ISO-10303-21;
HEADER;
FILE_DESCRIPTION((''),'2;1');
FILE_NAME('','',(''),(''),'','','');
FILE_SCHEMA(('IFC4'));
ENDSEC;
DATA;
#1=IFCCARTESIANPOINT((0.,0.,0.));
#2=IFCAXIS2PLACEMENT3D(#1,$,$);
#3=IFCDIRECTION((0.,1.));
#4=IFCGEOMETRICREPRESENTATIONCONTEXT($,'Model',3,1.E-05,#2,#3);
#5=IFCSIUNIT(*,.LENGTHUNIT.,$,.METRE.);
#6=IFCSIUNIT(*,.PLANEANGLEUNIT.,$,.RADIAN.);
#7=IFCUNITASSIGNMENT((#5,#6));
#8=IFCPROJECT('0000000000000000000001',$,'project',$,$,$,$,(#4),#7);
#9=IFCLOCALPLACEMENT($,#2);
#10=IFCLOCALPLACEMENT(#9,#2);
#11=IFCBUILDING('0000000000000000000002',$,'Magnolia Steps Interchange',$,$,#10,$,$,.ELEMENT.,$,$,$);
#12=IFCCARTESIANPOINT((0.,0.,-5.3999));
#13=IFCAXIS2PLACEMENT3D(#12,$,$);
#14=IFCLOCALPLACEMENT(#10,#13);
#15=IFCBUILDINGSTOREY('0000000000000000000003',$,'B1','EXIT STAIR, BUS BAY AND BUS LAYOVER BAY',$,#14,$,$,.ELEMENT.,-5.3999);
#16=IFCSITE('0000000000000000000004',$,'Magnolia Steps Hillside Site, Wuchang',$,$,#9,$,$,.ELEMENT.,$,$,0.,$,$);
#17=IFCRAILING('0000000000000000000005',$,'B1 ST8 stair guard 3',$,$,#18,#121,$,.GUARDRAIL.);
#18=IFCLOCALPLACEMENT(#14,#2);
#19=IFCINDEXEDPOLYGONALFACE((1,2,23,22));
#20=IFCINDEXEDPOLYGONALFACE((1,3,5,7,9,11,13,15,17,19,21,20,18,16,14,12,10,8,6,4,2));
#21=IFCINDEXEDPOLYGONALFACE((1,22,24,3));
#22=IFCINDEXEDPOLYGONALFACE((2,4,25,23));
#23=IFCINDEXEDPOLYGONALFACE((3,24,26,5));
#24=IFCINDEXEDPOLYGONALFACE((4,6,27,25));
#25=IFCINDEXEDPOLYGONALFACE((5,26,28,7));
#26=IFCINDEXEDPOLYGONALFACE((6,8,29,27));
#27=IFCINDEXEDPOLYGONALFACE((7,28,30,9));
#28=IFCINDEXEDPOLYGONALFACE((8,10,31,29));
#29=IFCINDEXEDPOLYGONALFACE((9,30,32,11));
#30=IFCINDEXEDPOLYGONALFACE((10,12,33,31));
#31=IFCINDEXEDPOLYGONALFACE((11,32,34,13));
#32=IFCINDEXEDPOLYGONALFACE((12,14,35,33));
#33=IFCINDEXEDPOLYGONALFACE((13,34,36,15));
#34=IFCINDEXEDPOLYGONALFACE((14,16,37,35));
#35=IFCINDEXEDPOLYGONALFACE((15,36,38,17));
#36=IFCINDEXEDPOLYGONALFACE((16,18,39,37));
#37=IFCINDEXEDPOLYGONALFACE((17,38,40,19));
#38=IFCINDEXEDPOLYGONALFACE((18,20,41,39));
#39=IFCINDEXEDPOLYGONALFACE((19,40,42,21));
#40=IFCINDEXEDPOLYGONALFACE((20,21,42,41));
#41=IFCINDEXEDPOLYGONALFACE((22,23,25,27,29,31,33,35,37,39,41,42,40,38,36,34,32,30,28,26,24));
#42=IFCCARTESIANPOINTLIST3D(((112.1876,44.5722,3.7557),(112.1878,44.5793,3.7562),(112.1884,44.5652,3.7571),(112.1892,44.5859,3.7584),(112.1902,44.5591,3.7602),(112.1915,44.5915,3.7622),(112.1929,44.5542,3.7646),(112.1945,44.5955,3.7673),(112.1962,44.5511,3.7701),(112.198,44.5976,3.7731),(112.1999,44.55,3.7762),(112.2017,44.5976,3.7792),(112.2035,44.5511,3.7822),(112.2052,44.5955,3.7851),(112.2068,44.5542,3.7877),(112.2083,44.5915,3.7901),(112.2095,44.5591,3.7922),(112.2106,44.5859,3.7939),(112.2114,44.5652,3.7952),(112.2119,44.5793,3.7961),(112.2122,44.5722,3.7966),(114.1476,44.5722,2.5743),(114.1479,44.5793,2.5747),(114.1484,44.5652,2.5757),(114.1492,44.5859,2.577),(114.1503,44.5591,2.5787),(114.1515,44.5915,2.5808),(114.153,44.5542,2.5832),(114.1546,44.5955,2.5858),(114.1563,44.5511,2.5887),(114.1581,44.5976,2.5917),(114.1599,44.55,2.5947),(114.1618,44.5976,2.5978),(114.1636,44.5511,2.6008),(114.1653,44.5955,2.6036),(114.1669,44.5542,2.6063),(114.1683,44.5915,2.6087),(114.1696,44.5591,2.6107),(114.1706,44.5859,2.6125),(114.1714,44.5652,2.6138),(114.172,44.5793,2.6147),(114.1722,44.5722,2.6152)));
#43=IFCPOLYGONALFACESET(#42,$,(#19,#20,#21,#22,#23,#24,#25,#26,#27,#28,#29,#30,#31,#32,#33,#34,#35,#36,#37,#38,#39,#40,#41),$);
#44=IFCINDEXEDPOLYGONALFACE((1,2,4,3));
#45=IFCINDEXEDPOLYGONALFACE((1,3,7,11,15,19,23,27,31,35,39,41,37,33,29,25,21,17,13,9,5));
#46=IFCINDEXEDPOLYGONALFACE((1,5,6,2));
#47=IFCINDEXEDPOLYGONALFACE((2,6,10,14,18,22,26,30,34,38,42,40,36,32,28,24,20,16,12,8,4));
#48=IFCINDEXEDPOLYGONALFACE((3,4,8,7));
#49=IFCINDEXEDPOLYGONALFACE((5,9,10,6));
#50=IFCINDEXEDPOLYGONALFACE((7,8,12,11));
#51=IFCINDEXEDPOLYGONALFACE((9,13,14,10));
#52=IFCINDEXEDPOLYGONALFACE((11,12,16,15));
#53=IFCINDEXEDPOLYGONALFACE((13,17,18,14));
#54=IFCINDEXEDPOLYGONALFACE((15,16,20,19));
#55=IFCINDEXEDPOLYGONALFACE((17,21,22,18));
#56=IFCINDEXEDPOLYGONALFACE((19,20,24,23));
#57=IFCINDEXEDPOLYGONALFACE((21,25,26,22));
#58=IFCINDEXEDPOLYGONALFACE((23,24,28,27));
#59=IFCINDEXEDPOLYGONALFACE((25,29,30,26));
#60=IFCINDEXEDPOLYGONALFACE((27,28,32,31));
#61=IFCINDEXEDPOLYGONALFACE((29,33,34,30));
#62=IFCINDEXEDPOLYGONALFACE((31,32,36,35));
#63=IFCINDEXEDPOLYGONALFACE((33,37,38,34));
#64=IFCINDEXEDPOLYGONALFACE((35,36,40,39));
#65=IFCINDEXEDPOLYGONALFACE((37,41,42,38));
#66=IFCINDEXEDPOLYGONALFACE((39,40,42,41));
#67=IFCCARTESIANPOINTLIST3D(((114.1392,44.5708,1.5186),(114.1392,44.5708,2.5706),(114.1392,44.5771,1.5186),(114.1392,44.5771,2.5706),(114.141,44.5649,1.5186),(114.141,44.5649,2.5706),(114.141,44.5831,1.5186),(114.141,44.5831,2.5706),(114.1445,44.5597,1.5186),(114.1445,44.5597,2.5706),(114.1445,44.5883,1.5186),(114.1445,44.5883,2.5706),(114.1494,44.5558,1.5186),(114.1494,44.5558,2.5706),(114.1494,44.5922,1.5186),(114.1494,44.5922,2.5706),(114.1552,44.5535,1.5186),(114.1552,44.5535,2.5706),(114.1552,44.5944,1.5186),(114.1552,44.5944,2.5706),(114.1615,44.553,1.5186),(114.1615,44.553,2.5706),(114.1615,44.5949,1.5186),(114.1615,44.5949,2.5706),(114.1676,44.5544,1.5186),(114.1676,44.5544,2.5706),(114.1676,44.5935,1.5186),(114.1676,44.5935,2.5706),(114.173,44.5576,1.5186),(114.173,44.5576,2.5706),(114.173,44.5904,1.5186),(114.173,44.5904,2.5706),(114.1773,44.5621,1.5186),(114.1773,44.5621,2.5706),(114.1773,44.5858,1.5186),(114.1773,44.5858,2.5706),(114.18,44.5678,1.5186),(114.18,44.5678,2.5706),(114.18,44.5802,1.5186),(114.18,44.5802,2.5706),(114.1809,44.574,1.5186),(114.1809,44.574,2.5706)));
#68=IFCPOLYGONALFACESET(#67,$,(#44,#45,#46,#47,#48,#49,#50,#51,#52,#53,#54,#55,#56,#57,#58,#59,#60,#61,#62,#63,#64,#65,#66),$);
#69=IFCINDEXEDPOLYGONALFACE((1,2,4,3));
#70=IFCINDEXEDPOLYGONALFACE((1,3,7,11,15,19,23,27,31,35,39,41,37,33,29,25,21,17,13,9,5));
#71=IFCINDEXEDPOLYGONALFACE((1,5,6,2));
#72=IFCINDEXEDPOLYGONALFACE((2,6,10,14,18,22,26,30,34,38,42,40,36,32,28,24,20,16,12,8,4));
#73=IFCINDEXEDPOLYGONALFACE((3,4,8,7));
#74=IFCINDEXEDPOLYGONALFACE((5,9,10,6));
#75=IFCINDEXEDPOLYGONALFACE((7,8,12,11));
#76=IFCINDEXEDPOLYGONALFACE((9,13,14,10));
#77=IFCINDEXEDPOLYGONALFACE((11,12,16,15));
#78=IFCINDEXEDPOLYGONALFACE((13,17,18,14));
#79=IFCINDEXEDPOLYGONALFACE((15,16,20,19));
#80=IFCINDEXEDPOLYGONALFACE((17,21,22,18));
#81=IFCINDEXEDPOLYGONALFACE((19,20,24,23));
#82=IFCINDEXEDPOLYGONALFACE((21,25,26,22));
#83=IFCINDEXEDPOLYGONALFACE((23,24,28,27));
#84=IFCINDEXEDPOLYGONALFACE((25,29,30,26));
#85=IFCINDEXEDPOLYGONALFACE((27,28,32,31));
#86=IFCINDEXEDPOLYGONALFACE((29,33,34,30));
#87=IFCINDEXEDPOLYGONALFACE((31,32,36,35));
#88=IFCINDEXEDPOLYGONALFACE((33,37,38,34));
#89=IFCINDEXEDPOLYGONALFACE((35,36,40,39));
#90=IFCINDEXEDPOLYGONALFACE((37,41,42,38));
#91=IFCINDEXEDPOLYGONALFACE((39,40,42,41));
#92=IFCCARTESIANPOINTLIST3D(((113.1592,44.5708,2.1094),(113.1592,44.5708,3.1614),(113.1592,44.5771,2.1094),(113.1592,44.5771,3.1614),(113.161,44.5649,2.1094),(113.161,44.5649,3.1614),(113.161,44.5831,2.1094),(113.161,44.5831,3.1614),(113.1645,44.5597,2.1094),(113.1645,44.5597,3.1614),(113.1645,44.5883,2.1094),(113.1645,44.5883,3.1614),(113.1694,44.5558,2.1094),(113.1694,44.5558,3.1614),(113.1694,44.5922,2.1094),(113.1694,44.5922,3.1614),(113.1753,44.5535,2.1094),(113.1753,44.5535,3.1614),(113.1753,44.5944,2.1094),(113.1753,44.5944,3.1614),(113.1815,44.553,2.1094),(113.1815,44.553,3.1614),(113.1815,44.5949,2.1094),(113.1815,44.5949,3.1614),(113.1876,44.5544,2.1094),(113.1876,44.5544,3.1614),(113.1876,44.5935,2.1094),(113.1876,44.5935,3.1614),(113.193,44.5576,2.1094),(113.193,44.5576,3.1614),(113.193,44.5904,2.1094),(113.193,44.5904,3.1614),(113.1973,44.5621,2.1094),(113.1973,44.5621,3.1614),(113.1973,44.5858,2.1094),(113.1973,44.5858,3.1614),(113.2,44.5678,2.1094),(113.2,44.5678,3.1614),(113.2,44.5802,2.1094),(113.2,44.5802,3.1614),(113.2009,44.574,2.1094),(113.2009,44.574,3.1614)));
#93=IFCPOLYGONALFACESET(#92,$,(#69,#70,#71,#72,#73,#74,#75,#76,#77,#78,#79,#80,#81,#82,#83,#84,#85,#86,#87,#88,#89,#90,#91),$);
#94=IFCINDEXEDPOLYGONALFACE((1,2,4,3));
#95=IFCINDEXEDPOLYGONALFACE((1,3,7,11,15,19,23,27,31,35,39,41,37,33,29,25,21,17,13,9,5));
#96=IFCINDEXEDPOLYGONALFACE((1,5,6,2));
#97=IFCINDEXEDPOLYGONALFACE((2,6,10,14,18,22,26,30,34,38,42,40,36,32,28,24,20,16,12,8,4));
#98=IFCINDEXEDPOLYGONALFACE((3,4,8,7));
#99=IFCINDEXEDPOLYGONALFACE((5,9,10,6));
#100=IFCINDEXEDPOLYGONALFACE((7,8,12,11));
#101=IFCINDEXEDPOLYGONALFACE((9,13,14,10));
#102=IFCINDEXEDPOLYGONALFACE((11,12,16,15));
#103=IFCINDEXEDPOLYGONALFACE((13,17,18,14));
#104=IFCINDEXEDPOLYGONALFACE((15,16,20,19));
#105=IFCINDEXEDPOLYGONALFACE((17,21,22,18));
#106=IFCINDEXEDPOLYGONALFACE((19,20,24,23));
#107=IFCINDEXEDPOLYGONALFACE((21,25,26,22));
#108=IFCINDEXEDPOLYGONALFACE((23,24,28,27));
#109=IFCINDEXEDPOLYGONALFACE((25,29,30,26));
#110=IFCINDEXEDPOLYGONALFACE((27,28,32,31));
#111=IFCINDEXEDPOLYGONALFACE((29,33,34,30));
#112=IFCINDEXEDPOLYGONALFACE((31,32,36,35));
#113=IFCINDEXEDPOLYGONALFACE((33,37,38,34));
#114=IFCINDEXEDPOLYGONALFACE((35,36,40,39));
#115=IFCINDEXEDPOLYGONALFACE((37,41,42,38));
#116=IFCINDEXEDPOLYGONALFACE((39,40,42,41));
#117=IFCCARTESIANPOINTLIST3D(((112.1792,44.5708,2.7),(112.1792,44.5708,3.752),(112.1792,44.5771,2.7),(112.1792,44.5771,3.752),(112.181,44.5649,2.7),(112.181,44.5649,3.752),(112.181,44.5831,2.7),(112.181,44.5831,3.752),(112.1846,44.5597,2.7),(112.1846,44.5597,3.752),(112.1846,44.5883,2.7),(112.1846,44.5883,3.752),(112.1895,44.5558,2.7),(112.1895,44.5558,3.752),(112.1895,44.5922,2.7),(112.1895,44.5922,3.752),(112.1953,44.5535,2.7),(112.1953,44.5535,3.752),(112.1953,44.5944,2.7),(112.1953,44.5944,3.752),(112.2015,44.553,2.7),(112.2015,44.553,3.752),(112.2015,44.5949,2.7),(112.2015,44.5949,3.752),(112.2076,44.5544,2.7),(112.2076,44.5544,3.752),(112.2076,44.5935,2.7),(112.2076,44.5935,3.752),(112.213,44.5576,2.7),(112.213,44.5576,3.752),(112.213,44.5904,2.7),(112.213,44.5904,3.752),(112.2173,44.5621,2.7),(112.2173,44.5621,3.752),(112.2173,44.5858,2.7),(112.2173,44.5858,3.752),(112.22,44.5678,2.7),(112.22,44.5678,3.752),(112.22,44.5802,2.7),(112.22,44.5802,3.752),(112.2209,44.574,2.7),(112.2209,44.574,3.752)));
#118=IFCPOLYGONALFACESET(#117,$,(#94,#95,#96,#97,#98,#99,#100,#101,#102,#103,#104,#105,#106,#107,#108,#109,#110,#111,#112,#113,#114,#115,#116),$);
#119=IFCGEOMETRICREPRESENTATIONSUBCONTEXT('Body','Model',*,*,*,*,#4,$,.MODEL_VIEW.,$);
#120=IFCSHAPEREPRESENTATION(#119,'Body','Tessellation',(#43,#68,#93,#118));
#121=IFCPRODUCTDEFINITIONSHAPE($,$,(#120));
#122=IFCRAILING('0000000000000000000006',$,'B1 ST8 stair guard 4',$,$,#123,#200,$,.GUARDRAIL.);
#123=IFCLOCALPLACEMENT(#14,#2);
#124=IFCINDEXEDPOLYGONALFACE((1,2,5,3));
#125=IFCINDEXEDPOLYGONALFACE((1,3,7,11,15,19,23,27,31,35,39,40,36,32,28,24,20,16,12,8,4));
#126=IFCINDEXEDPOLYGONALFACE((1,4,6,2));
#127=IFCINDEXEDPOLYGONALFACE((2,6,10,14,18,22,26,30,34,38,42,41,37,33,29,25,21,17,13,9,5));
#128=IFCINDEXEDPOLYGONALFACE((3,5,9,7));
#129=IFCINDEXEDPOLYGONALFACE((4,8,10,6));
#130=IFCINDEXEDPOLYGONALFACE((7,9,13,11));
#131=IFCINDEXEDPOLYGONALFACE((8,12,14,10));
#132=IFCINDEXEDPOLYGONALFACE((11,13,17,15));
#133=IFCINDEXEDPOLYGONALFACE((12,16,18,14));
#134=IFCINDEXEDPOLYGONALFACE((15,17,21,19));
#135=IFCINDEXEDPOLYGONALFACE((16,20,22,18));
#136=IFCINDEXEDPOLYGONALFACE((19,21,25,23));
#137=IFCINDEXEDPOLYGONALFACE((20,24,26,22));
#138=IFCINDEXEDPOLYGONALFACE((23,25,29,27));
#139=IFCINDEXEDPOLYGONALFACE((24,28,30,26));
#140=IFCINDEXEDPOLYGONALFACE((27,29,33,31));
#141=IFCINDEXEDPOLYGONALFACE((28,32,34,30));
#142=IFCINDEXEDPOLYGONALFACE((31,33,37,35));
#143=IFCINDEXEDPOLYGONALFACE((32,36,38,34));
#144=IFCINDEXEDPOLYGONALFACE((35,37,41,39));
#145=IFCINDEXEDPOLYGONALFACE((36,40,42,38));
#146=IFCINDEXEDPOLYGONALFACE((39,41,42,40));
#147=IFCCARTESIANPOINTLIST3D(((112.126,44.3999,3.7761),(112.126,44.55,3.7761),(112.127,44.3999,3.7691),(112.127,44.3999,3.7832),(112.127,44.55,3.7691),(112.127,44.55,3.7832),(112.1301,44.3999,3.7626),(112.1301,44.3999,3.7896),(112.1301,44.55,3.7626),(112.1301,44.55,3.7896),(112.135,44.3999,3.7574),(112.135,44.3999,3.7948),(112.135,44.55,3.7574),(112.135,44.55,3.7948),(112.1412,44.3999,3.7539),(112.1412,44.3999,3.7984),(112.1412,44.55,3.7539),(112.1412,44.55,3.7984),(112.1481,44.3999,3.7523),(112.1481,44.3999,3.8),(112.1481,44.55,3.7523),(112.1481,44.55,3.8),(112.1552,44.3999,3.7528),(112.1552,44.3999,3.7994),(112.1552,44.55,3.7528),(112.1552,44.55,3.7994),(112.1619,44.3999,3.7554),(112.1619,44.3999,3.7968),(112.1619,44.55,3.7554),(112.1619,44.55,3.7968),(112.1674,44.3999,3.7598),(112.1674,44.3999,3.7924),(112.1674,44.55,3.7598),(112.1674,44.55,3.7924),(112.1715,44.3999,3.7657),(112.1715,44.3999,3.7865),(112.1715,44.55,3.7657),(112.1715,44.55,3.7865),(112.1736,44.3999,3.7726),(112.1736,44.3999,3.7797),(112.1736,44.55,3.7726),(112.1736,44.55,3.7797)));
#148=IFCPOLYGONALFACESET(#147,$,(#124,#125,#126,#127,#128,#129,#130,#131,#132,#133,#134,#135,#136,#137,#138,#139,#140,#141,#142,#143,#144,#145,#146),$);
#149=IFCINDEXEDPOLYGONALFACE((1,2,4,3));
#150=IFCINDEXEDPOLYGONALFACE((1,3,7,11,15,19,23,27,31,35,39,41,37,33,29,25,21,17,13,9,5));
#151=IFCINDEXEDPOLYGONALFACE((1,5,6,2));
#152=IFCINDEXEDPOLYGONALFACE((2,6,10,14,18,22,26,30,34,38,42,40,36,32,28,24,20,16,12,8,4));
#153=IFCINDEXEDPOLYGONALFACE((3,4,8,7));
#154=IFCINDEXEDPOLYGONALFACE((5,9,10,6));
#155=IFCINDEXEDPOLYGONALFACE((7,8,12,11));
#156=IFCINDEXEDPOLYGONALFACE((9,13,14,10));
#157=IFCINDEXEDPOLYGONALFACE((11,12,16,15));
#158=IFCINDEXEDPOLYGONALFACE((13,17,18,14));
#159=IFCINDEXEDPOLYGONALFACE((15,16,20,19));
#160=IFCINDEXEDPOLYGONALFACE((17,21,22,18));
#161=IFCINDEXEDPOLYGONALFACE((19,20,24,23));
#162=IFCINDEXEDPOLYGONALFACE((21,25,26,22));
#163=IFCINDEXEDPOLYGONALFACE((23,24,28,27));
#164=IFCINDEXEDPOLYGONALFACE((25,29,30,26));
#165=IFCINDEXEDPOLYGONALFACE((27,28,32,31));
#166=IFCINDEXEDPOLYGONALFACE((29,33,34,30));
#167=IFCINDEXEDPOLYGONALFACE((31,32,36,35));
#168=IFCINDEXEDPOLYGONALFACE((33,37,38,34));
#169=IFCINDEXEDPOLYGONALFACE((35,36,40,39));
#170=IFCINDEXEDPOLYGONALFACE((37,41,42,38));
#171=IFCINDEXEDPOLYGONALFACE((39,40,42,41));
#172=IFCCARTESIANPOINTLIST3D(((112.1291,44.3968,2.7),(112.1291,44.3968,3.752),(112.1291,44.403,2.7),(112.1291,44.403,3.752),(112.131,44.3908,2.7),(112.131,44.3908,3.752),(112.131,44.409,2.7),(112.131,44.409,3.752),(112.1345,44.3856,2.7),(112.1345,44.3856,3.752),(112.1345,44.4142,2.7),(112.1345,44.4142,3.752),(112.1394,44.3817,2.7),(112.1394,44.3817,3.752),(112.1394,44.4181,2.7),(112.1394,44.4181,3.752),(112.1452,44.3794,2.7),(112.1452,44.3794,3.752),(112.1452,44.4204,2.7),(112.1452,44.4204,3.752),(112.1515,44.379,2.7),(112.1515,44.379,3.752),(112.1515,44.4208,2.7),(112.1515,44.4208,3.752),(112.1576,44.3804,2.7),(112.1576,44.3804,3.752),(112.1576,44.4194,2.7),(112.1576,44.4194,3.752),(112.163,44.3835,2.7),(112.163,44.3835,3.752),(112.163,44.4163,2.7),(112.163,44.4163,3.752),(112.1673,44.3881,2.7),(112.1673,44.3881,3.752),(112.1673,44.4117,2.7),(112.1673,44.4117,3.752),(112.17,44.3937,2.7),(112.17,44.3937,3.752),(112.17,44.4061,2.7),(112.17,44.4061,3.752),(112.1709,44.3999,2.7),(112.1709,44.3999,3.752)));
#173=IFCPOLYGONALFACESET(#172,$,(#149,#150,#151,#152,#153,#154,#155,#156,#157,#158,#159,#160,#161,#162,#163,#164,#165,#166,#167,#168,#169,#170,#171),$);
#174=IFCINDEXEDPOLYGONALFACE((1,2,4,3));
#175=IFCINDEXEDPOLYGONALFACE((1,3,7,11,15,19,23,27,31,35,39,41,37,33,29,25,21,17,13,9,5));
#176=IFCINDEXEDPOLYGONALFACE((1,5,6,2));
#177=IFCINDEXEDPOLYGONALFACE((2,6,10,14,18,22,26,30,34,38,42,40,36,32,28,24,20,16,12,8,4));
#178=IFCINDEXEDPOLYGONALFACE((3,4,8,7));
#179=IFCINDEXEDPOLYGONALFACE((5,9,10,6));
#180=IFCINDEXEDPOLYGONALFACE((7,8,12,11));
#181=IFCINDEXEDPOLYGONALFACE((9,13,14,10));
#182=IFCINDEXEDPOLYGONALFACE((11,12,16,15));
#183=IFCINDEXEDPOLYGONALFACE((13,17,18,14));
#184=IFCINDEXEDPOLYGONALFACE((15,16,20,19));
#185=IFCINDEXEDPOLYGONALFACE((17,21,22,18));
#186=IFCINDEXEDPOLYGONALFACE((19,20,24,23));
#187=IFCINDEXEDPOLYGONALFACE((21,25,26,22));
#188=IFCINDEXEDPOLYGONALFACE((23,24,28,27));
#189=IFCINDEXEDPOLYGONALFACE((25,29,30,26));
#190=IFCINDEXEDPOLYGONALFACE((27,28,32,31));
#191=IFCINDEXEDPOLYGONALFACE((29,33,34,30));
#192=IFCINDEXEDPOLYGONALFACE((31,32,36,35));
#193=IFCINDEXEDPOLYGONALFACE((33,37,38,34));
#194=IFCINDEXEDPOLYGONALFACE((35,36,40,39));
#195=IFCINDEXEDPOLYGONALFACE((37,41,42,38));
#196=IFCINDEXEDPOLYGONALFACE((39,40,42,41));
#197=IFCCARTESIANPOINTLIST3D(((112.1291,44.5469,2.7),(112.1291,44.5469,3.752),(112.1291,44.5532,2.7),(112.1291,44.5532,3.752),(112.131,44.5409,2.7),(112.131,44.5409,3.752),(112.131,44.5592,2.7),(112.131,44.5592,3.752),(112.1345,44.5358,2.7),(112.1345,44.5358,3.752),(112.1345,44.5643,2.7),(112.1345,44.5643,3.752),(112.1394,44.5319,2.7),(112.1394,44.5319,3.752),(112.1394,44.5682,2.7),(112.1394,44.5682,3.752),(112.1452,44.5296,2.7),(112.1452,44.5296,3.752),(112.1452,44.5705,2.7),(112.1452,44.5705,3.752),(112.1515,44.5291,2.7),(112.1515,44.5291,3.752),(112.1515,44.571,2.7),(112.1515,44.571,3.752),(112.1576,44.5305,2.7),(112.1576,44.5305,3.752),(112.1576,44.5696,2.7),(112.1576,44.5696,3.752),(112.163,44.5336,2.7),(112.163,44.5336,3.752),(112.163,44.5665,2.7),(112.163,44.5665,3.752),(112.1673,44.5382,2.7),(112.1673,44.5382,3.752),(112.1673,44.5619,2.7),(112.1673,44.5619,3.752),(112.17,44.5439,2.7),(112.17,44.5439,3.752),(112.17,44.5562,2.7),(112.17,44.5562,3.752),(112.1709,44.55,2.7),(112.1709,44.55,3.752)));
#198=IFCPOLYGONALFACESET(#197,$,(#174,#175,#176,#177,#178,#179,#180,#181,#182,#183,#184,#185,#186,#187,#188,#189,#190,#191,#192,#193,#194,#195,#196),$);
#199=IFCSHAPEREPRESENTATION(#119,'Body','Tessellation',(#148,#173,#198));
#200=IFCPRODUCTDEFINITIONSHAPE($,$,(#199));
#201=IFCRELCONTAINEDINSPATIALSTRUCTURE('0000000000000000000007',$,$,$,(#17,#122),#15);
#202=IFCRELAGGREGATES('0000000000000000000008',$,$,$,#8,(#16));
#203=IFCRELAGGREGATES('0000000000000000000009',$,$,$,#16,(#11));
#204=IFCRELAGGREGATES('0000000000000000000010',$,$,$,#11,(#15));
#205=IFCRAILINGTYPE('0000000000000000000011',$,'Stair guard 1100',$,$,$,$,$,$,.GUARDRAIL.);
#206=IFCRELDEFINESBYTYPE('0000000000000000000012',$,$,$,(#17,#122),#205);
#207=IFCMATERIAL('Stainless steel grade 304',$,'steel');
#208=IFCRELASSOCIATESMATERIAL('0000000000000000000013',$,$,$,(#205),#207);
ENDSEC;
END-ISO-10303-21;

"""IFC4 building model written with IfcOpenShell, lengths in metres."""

from ifc_helpers import new_model, si_unit, direction, frame, origin, origin_2d, place, context, subcontext, project, spatial, circle, extrude, material, type_object, element, save


model = new_model("IFC4")

# Units and contexts
model_context = context("Model", 3, precision=1e-05, world=origin(), true_north=direction((0.0, 1.0)))
body_context = subcontext(model_context, "Body", "Model", "MODEL_VIEW")
ifc_project = project(units=[si_unit("LENGTHUNIT", "METRE"), si_unit("PLANEANGLEUNIT", "RADIAN")], contexts=[model_context])

# Site, building, storey
site_placement = place(None, origin())
site = spatial("IfcSite", under=ifc_project, at=site_placement, Name="Magnolia Steps Hillside Site, Wuchang", CompositionType="ELEMENT", RefElevation=0.0)
building_placement = place(site_placement, origin())
building = spatial("IfcBuilding", under=site, at=building_placement, Name="Magnolia Steps Interchange", CompositionType="ELEMENT")
storey_placement = place(building_placement, frame((0.0, 0.0, -5.3999)))
storey = spatial("IfcBuildingStorey", under=building, at=storey_placement, Name="B1", Description="EXIT STAIR, BUS BAY AND BUS LAYOVER BAY", CompositionType="ELEMENT", Elevation=-5.3999)

# Railings
ifc_material_1 = material(Name="Stainless steel grade 304", Category="steel")
railing_type_1 = type_object("IfcRailingType", Name="Stair guard 1100", PredefinedType="GUARDRAIL", material=ifc_material_1)
railing_1_placement = place(storey_placement, frame((114.1599, 44.574, 1.5186)))
element("IfcRailing", 1, at=railing_1_placement, inside=storey, type_object=railing_type_1, Name="B1 ST8 stair guard 3", PredefinedType="GUARDRAIL", context=body_context, shape_type="SweptSolid", body=[
    extrude(circle(Radius=0.0239, at=origin_2d()), frame((0.0, 0.0, 1.0762), z_axis=(-0.856446, 0.0, 0.516236), x_axis=(0.0, -1.0, 0.0)), (0.0, 0.0, 1.0), 2.2886),
    extrude(circle(Radius=0.021, at=origin_2d()), origin(), (0.0, 0.0, 1.0), 1.052),
    extrude(circle(Radius=0.021, at=origin_2d()), frame((-0.98, 0.0, 0.5908)), (0.0, 0.0, 1.0), 1.052),
    extrude(circle(Radius=0.021, at=origin_2d()), frame((-1.96, 0.0, 1.1814)), (0.0, 0.0, 1.0), 1.052),
])
railing_2_placement = place(storey_placement, frame((112.1499, 44.3999, 2.7)))
element("IfcRailing", 2, at=railing_2_placement, inside=storey, type_object=railing_type_1, Name="B1 ST8 stair guard 4", PredefinedType="GUARDRAIL", context=body_context, shape_type="SweptSolid", body=[
    extrude(circle(Radius=0.0239, at=origin_2d()), frame((0.0, 0.0, 1.0762), z_axis=(0.0, 1.0, 0.0), x_axis=(-1.0, 0.0, 0.0)), (0.0, 0.0, 1.0), 0.1501),
    extrude(circle(Radius=0.021, at=origin_2d()), origin(), (0.0, 0.0, 1.0), 1.052),
    extrude(circle(Radius=0.021, at=origin_2d()), frame((0.0, 0.1501, 0.0)), (0.0, 0.0, 1.0), 1.052),
])

save(model, "model.ifc")
